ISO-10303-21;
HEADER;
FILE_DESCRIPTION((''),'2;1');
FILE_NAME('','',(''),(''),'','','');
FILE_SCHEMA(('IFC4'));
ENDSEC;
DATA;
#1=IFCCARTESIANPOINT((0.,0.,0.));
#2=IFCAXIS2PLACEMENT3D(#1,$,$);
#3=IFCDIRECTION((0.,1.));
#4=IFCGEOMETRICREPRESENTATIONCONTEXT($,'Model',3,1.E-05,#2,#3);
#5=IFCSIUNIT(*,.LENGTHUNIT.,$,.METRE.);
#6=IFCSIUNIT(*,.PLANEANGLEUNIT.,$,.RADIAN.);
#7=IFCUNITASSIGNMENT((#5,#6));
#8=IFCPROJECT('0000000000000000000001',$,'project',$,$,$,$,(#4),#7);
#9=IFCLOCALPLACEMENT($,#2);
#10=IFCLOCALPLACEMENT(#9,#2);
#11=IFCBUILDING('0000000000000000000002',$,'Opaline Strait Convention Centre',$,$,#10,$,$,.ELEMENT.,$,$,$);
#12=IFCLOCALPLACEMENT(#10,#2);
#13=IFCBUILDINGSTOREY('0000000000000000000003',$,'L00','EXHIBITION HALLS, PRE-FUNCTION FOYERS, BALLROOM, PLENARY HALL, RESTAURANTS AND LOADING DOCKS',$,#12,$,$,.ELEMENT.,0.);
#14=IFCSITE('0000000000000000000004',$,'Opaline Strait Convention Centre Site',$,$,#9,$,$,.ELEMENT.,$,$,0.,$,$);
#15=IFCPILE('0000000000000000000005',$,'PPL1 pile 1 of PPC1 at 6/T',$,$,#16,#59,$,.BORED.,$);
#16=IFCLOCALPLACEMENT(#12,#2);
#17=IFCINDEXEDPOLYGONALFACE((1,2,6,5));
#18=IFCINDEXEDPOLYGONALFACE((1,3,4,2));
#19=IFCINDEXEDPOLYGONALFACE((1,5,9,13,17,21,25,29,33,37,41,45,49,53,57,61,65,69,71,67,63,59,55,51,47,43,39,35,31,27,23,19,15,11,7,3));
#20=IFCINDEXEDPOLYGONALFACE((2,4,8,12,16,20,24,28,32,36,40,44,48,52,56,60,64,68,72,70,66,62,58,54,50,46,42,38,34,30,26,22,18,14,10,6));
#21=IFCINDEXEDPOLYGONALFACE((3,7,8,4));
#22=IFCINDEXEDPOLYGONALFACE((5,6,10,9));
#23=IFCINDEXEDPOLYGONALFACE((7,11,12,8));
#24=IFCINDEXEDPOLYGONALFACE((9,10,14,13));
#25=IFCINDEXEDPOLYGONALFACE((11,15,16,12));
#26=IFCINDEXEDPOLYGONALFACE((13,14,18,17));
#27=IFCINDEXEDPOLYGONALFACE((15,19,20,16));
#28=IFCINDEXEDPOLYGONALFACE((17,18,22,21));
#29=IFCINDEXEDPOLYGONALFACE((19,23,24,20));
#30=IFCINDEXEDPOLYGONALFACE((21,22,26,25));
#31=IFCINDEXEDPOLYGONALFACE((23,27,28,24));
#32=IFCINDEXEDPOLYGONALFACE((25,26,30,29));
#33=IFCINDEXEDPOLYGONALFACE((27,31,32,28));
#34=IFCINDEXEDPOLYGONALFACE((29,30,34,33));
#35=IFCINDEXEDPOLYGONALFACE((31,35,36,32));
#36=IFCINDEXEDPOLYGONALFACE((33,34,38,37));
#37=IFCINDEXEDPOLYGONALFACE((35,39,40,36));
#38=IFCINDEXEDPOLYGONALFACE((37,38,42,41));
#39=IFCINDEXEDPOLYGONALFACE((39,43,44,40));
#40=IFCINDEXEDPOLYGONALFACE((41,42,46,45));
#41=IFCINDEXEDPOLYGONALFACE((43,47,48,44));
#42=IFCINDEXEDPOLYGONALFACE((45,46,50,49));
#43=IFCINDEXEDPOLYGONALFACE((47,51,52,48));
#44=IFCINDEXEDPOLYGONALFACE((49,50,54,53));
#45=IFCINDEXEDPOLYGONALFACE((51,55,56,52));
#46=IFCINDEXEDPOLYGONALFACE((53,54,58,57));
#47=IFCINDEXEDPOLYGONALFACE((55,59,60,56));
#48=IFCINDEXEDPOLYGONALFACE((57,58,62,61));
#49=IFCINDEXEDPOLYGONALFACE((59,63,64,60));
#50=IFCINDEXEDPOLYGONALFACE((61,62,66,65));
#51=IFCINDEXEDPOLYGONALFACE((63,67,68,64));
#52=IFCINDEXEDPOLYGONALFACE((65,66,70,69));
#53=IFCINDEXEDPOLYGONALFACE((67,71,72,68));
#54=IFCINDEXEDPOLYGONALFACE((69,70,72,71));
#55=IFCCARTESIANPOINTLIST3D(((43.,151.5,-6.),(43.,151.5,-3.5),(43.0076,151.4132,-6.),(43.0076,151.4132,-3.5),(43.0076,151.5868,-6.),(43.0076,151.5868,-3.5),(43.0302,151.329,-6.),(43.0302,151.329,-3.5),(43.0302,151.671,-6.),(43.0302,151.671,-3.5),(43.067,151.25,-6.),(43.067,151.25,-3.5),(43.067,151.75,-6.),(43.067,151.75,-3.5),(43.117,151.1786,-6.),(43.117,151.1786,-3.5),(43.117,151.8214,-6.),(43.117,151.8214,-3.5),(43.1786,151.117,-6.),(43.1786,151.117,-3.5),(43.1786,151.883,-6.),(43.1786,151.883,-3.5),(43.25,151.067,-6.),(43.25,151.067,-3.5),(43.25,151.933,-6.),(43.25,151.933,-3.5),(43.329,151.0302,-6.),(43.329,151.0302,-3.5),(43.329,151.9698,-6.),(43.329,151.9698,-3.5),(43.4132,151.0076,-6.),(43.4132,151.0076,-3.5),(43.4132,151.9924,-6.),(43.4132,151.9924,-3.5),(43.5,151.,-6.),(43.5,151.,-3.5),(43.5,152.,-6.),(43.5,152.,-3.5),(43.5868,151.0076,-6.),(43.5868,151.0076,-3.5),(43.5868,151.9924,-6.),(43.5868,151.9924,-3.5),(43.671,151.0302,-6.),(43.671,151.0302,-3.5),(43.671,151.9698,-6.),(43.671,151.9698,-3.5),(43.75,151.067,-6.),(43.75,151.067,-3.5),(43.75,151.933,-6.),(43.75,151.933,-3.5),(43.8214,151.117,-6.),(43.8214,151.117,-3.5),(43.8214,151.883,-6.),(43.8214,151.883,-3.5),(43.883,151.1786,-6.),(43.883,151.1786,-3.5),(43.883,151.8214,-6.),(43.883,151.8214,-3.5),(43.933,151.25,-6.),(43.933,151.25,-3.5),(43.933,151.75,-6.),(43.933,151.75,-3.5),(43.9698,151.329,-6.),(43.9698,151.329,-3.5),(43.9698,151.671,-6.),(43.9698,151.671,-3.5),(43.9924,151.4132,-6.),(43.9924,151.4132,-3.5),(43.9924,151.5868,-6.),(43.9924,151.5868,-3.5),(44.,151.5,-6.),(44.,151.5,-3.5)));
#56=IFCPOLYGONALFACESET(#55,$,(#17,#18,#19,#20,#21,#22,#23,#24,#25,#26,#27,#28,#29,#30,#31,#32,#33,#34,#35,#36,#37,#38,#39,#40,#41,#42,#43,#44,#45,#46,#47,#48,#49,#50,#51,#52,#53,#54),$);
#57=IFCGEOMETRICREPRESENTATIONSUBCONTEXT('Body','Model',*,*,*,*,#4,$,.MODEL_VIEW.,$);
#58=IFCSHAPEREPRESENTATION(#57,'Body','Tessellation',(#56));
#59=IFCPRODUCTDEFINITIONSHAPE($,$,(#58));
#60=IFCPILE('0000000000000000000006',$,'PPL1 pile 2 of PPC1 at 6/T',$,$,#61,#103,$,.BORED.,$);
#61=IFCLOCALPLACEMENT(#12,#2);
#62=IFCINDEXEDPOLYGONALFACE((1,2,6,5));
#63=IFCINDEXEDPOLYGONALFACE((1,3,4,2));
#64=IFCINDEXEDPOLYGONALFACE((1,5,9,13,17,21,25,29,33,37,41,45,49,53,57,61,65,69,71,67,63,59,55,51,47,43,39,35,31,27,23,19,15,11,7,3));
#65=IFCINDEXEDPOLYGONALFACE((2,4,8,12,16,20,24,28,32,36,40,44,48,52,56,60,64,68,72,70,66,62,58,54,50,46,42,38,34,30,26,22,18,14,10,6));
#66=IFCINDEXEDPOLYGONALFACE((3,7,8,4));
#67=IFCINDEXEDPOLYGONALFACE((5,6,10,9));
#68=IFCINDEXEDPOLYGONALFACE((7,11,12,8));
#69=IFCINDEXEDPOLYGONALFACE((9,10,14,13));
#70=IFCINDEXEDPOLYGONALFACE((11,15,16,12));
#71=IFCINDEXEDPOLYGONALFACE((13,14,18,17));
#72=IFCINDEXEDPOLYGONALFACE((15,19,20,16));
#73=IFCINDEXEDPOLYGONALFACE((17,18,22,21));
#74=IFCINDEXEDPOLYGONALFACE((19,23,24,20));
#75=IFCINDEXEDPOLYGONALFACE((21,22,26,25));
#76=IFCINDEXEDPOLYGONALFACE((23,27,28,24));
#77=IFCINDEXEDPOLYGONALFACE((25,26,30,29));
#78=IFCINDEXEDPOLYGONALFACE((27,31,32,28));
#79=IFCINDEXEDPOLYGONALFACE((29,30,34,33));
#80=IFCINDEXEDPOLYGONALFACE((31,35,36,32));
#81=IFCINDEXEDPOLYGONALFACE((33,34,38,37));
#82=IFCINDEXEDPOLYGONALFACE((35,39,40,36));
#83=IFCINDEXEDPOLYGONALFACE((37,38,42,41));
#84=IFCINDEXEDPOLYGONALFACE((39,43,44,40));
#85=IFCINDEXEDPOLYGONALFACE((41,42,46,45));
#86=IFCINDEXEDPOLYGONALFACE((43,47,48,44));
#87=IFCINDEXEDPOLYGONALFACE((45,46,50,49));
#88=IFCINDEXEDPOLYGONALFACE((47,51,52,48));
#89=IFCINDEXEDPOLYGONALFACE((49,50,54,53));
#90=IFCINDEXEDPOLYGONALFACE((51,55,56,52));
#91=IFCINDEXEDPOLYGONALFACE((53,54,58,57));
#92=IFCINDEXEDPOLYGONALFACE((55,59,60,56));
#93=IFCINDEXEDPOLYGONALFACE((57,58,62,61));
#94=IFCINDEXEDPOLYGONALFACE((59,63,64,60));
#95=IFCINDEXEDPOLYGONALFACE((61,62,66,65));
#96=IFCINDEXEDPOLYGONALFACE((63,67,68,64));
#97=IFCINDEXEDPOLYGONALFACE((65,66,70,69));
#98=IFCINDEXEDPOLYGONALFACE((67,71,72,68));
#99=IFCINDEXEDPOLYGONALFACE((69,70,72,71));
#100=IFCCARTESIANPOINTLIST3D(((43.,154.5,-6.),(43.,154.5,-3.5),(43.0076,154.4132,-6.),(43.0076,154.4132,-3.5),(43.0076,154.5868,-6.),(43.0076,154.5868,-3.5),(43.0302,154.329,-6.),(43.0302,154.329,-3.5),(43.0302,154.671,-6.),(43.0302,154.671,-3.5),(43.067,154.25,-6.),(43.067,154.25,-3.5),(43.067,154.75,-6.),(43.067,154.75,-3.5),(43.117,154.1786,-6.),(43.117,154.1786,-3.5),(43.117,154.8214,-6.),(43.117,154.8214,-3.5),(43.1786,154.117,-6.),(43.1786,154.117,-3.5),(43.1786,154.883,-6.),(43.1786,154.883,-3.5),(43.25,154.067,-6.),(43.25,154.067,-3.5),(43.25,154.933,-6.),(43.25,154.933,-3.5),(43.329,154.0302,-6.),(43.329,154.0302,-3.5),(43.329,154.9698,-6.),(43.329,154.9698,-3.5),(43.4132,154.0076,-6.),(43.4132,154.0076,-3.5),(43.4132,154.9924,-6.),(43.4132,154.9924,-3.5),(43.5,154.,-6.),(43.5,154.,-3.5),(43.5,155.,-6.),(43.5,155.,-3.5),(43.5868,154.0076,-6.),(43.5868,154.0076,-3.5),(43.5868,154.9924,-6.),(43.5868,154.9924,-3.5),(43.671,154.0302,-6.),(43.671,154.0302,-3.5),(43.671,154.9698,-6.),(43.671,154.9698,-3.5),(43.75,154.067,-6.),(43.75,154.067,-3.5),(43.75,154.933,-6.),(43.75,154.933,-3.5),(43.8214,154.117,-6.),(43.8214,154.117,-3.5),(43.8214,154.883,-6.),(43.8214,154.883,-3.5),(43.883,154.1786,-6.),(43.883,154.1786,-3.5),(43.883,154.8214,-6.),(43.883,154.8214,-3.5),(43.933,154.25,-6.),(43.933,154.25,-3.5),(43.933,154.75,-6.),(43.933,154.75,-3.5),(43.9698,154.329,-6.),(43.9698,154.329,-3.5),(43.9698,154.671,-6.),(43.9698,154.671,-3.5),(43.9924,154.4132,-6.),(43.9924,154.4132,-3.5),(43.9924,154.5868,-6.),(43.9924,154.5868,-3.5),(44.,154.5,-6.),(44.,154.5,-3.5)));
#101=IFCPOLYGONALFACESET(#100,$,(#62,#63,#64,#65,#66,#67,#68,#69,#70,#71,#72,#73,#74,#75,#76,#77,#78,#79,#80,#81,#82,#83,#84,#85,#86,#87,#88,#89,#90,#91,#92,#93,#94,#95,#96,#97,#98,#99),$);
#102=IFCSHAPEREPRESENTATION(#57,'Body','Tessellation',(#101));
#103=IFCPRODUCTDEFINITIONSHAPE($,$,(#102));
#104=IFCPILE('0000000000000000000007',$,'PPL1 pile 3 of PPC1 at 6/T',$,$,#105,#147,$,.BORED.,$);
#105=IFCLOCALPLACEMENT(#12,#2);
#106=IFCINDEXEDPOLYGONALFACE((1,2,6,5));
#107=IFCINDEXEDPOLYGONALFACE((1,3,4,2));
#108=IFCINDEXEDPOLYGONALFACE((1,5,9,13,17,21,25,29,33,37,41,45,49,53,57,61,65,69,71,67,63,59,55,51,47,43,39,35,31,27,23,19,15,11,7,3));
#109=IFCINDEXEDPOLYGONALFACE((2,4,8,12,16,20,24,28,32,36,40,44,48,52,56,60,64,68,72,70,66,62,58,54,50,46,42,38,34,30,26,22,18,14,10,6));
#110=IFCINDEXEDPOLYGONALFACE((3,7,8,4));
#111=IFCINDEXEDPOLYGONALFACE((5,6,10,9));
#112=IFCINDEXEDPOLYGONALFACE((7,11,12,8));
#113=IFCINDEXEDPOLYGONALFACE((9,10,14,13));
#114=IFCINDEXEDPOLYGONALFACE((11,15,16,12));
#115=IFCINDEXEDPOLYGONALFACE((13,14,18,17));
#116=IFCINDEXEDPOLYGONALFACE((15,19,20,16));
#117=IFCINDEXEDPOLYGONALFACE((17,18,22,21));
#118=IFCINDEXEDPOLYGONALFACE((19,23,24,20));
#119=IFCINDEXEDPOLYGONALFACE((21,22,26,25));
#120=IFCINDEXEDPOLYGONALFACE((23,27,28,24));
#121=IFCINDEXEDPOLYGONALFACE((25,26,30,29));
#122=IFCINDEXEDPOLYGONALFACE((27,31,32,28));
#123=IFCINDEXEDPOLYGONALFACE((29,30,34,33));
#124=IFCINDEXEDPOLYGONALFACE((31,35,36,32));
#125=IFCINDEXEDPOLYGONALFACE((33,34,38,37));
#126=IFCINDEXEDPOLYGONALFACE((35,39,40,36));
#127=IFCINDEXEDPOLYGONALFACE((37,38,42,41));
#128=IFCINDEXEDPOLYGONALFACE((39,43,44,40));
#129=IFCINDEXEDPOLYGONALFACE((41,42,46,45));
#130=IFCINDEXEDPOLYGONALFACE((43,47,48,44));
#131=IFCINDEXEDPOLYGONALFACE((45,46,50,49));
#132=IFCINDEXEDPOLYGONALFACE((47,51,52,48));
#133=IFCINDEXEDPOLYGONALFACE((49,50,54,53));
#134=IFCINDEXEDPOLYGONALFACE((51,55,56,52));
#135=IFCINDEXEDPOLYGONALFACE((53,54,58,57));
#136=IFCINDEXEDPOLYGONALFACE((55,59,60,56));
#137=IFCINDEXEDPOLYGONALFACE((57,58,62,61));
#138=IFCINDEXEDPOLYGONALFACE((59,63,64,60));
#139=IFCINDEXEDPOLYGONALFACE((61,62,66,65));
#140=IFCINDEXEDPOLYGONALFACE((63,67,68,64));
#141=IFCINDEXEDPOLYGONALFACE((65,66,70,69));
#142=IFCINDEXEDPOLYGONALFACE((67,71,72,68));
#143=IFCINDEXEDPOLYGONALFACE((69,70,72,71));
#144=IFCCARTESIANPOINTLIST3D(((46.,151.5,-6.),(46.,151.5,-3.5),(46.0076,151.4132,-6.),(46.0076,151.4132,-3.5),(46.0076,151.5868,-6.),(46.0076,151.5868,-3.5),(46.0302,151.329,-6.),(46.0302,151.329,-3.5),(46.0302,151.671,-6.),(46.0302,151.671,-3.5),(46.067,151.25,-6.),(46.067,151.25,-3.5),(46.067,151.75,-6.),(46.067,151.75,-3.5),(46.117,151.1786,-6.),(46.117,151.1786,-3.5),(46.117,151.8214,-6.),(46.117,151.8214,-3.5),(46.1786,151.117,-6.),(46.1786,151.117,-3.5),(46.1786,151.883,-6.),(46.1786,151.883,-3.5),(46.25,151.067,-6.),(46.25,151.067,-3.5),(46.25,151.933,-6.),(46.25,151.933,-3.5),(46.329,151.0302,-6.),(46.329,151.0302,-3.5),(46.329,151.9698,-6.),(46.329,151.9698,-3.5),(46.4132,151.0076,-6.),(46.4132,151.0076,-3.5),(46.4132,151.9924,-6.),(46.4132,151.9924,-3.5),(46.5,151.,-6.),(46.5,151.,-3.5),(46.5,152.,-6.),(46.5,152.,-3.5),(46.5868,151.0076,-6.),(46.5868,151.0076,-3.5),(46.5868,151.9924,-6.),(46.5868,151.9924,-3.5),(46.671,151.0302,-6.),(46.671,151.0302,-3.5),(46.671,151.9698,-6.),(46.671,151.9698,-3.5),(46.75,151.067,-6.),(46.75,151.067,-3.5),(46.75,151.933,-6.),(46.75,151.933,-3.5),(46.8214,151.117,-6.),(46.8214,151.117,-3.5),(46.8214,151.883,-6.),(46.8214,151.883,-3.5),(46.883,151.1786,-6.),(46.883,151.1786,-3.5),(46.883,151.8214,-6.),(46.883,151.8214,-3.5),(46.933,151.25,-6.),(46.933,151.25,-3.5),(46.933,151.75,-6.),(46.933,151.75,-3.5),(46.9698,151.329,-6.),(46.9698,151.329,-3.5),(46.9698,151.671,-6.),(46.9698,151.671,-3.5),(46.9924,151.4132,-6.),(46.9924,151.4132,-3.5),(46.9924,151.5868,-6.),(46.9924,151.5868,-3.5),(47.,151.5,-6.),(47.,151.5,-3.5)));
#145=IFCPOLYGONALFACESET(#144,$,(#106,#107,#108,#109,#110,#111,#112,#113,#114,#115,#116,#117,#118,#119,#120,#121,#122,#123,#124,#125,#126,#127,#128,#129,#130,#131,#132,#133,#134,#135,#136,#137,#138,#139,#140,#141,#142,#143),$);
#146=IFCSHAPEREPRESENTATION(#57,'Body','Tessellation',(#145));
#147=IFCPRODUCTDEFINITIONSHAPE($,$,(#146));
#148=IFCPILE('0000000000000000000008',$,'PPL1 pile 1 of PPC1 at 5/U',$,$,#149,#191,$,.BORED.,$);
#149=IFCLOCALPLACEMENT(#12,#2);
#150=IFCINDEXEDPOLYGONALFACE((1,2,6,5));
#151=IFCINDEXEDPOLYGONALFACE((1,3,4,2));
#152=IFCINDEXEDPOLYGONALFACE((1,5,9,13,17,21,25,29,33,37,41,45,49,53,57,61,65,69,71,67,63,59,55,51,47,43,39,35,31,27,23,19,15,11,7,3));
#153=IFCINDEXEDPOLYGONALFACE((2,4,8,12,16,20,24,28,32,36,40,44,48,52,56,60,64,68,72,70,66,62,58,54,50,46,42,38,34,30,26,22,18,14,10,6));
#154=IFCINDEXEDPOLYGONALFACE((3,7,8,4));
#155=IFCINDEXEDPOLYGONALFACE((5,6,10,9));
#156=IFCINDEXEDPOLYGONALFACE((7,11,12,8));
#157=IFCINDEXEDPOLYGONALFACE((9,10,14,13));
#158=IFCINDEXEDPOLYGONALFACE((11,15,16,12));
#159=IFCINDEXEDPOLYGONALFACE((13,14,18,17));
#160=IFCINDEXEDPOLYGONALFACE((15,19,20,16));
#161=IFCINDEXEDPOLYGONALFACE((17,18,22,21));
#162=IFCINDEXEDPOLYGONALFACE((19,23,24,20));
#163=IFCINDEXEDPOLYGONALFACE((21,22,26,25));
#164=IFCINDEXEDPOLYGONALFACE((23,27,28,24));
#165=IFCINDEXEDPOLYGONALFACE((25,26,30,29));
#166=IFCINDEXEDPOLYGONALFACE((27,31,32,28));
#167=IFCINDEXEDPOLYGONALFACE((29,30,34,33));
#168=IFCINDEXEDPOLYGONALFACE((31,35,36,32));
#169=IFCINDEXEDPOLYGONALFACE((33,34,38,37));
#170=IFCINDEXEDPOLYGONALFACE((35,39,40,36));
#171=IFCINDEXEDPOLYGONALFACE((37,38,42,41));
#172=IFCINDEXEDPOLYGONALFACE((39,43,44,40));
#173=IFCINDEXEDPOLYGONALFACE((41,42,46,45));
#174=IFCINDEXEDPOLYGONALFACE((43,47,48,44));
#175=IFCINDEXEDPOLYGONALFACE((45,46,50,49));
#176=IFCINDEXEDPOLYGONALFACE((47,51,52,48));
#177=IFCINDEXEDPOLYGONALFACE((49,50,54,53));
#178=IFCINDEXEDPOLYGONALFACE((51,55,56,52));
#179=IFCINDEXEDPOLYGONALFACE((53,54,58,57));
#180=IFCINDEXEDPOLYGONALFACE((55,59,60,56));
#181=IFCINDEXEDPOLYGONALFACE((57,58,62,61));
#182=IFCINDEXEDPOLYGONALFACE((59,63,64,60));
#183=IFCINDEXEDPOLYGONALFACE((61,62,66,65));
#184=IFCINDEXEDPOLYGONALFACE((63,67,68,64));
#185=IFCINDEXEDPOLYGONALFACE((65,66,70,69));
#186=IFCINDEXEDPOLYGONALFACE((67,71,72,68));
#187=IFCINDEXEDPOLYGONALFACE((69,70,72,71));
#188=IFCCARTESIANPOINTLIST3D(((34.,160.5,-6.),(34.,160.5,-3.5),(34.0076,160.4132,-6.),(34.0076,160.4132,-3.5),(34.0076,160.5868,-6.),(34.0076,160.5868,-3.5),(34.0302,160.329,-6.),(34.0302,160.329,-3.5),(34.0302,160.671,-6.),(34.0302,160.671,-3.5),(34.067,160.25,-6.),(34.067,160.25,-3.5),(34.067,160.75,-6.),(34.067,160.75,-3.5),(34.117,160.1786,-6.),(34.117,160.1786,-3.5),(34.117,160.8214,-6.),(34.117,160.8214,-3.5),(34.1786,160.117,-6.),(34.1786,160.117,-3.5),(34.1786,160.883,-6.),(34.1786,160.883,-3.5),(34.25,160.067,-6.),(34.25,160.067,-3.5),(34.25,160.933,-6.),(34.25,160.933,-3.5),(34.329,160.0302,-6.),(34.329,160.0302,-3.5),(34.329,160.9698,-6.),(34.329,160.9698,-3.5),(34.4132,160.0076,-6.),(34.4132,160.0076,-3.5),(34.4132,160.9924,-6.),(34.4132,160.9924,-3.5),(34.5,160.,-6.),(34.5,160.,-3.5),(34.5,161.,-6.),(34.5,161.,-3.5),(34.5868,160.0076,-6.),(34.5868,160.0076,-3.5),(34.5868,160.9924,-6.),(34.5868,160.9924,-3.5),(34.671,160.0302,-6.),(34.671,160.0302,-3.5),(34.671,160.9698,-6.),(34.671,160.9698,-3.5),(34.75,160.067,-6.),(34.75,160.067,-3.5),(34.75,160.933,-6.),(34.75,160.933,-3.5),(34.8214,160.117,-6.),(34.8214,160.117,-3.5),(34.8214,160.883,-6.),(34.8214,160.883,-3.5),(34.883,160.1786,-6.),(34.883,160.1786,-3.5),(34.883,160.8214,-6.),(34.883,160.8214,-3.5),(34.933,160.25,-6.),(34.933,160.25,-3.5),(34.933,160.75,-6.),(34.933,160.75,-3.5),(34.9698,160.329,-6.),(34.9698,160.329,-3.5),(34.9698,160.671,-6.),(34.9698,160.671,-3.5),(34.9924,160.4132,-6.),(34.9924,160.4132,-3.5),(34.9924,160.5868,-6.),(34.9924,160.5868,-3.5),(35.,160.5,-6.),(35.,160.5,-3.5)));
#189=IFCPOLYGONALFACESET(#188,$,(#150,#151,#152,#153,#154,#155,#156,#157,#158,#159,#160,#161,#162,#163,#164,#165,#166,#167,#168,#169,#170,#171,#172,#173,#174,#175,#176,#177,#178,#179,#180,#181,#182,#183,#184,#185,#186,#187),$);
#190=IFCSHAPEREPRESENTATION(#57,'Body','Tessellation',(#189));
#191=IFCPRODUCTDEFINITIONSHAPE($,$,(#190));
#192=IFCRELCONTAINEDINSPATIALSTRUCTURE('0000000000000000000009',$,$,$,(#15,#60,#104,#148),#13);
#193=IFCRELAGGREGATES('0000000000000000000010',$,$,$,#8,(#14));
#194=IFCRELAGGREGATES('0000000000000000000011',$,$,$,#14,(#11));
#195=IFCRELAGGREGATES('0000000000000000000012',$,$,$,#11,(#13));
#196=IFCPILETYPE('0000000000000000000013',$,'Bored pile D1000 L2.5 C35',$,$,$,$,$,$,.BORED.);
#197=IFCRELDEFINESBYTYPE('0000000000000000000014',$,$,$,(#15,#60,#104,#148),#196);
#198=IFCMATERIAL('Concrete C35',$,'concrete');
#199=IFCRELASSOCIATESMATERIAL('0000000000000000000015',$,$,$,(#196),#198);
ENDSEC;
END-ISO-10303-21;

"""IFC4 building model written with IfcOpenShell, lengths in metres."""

from ifc_helpers import new_model, si_unit, direction, frame, origin, origin_2d, place, context, subcontext, project, spatial, circle, extrude, material, material_profile, profile_set, type_object, element, save


model = new_model("IFC4")

# Units and contexts
model_context = context("Model", 3, precision=1e-05, world=origin(), true_north=direction((0.0, 1.0)))
body_context = subcontext(model_context, "Body", "Model", "MODEL_VIEW")
ifc_project = project(units=[si_unit("LENGTHUNIT", "METRE"), si_unit("PLANEANGLEUNIT", "RADIAN")], contexts=[model_context])

# Site, building, storey
site_placement = place(None, origin())
site = spatial("IfcSite", under=ifc_project, at=site_placement, Name="Opaline Strait Convention Centre Site", CompositionType="ELEMENT", RefElevation=0.0)
building_placement = place(site_placement, origin())
building = spatial("IfcBuilding", under=site, at=building_placement, Name="Opaline Strait Convention Centre", CompositionType="ELEMENT")
storey_placement = place(building_placement, origin())
storey = spatial("IfcBuildingStorey", under=building, at=storey_placement, Name="L00", Description="EXHIBITION HALLS, PRE-FUNCTION FOYERS, BALLROOM, PLENARY HALL, RESTAURANTS AND LOADING DOCKS", CompositionType="ELEMENT", Elevation=0.0)

# Piles
ifc_material_1 = material(Name="Concrete C35", Category="concrete")
ifc_material_profile_1 = material_profile(ifc_material_1, circle(Radius=0.5, at=origin_2d()), Name="D1000")
ifc_profile_set_1 = profile_set([ifc_material_profile_1], Name="Concrete C35")
pile_type = type_object("IfcPileType", Name="Bored pile D1000 L2.5 C35", PredefinedType="BORED", material=ifc_profile_set_1)
for number, where, z_axis, x_axis, name in (
    (1, (43.5, 151.5, -3.5), (0.0, 0.0, -1.0), (1.0, 0.0, 0.0), "PPL1 pile 1 of PPC1 at 6/T"),
    (2, (43.5, 154.5, -3.5), (0.0, 0.0, -1.0), (1.0, 0.0, 0.0), "PPL1 pile 2 of PPC1 at 6/T"),
    (3, (46.5, 151.5, -3.5), (0.0, 0.0, -1.0), (1.0, 0.0, 0.0), "PPL1 pile 3 of PPC1 at 6/T"),
    (4, (34.5, 160.5, -3.5), (0.0, 0.0, -1.0), (1.0, 0.0, 0.0), "PPL1 pile 1 of PPC1 at 5/U"),
):
    element("IfcPile", number, at=place(storey_placement, frame(where, z_axis=z_axis, x_axis=x_axis)), inside=storey, type_object=pile_type, Name=name, PredefinedType="BORED", context=body_context, shape_type="SweptSolid", body=[
        extrude(circle(Radius=0.5, at=origin_2d()), origin(), (0.0, 0.0, 1.0), 2.5),
    ])

save(model, "model.ifc")
